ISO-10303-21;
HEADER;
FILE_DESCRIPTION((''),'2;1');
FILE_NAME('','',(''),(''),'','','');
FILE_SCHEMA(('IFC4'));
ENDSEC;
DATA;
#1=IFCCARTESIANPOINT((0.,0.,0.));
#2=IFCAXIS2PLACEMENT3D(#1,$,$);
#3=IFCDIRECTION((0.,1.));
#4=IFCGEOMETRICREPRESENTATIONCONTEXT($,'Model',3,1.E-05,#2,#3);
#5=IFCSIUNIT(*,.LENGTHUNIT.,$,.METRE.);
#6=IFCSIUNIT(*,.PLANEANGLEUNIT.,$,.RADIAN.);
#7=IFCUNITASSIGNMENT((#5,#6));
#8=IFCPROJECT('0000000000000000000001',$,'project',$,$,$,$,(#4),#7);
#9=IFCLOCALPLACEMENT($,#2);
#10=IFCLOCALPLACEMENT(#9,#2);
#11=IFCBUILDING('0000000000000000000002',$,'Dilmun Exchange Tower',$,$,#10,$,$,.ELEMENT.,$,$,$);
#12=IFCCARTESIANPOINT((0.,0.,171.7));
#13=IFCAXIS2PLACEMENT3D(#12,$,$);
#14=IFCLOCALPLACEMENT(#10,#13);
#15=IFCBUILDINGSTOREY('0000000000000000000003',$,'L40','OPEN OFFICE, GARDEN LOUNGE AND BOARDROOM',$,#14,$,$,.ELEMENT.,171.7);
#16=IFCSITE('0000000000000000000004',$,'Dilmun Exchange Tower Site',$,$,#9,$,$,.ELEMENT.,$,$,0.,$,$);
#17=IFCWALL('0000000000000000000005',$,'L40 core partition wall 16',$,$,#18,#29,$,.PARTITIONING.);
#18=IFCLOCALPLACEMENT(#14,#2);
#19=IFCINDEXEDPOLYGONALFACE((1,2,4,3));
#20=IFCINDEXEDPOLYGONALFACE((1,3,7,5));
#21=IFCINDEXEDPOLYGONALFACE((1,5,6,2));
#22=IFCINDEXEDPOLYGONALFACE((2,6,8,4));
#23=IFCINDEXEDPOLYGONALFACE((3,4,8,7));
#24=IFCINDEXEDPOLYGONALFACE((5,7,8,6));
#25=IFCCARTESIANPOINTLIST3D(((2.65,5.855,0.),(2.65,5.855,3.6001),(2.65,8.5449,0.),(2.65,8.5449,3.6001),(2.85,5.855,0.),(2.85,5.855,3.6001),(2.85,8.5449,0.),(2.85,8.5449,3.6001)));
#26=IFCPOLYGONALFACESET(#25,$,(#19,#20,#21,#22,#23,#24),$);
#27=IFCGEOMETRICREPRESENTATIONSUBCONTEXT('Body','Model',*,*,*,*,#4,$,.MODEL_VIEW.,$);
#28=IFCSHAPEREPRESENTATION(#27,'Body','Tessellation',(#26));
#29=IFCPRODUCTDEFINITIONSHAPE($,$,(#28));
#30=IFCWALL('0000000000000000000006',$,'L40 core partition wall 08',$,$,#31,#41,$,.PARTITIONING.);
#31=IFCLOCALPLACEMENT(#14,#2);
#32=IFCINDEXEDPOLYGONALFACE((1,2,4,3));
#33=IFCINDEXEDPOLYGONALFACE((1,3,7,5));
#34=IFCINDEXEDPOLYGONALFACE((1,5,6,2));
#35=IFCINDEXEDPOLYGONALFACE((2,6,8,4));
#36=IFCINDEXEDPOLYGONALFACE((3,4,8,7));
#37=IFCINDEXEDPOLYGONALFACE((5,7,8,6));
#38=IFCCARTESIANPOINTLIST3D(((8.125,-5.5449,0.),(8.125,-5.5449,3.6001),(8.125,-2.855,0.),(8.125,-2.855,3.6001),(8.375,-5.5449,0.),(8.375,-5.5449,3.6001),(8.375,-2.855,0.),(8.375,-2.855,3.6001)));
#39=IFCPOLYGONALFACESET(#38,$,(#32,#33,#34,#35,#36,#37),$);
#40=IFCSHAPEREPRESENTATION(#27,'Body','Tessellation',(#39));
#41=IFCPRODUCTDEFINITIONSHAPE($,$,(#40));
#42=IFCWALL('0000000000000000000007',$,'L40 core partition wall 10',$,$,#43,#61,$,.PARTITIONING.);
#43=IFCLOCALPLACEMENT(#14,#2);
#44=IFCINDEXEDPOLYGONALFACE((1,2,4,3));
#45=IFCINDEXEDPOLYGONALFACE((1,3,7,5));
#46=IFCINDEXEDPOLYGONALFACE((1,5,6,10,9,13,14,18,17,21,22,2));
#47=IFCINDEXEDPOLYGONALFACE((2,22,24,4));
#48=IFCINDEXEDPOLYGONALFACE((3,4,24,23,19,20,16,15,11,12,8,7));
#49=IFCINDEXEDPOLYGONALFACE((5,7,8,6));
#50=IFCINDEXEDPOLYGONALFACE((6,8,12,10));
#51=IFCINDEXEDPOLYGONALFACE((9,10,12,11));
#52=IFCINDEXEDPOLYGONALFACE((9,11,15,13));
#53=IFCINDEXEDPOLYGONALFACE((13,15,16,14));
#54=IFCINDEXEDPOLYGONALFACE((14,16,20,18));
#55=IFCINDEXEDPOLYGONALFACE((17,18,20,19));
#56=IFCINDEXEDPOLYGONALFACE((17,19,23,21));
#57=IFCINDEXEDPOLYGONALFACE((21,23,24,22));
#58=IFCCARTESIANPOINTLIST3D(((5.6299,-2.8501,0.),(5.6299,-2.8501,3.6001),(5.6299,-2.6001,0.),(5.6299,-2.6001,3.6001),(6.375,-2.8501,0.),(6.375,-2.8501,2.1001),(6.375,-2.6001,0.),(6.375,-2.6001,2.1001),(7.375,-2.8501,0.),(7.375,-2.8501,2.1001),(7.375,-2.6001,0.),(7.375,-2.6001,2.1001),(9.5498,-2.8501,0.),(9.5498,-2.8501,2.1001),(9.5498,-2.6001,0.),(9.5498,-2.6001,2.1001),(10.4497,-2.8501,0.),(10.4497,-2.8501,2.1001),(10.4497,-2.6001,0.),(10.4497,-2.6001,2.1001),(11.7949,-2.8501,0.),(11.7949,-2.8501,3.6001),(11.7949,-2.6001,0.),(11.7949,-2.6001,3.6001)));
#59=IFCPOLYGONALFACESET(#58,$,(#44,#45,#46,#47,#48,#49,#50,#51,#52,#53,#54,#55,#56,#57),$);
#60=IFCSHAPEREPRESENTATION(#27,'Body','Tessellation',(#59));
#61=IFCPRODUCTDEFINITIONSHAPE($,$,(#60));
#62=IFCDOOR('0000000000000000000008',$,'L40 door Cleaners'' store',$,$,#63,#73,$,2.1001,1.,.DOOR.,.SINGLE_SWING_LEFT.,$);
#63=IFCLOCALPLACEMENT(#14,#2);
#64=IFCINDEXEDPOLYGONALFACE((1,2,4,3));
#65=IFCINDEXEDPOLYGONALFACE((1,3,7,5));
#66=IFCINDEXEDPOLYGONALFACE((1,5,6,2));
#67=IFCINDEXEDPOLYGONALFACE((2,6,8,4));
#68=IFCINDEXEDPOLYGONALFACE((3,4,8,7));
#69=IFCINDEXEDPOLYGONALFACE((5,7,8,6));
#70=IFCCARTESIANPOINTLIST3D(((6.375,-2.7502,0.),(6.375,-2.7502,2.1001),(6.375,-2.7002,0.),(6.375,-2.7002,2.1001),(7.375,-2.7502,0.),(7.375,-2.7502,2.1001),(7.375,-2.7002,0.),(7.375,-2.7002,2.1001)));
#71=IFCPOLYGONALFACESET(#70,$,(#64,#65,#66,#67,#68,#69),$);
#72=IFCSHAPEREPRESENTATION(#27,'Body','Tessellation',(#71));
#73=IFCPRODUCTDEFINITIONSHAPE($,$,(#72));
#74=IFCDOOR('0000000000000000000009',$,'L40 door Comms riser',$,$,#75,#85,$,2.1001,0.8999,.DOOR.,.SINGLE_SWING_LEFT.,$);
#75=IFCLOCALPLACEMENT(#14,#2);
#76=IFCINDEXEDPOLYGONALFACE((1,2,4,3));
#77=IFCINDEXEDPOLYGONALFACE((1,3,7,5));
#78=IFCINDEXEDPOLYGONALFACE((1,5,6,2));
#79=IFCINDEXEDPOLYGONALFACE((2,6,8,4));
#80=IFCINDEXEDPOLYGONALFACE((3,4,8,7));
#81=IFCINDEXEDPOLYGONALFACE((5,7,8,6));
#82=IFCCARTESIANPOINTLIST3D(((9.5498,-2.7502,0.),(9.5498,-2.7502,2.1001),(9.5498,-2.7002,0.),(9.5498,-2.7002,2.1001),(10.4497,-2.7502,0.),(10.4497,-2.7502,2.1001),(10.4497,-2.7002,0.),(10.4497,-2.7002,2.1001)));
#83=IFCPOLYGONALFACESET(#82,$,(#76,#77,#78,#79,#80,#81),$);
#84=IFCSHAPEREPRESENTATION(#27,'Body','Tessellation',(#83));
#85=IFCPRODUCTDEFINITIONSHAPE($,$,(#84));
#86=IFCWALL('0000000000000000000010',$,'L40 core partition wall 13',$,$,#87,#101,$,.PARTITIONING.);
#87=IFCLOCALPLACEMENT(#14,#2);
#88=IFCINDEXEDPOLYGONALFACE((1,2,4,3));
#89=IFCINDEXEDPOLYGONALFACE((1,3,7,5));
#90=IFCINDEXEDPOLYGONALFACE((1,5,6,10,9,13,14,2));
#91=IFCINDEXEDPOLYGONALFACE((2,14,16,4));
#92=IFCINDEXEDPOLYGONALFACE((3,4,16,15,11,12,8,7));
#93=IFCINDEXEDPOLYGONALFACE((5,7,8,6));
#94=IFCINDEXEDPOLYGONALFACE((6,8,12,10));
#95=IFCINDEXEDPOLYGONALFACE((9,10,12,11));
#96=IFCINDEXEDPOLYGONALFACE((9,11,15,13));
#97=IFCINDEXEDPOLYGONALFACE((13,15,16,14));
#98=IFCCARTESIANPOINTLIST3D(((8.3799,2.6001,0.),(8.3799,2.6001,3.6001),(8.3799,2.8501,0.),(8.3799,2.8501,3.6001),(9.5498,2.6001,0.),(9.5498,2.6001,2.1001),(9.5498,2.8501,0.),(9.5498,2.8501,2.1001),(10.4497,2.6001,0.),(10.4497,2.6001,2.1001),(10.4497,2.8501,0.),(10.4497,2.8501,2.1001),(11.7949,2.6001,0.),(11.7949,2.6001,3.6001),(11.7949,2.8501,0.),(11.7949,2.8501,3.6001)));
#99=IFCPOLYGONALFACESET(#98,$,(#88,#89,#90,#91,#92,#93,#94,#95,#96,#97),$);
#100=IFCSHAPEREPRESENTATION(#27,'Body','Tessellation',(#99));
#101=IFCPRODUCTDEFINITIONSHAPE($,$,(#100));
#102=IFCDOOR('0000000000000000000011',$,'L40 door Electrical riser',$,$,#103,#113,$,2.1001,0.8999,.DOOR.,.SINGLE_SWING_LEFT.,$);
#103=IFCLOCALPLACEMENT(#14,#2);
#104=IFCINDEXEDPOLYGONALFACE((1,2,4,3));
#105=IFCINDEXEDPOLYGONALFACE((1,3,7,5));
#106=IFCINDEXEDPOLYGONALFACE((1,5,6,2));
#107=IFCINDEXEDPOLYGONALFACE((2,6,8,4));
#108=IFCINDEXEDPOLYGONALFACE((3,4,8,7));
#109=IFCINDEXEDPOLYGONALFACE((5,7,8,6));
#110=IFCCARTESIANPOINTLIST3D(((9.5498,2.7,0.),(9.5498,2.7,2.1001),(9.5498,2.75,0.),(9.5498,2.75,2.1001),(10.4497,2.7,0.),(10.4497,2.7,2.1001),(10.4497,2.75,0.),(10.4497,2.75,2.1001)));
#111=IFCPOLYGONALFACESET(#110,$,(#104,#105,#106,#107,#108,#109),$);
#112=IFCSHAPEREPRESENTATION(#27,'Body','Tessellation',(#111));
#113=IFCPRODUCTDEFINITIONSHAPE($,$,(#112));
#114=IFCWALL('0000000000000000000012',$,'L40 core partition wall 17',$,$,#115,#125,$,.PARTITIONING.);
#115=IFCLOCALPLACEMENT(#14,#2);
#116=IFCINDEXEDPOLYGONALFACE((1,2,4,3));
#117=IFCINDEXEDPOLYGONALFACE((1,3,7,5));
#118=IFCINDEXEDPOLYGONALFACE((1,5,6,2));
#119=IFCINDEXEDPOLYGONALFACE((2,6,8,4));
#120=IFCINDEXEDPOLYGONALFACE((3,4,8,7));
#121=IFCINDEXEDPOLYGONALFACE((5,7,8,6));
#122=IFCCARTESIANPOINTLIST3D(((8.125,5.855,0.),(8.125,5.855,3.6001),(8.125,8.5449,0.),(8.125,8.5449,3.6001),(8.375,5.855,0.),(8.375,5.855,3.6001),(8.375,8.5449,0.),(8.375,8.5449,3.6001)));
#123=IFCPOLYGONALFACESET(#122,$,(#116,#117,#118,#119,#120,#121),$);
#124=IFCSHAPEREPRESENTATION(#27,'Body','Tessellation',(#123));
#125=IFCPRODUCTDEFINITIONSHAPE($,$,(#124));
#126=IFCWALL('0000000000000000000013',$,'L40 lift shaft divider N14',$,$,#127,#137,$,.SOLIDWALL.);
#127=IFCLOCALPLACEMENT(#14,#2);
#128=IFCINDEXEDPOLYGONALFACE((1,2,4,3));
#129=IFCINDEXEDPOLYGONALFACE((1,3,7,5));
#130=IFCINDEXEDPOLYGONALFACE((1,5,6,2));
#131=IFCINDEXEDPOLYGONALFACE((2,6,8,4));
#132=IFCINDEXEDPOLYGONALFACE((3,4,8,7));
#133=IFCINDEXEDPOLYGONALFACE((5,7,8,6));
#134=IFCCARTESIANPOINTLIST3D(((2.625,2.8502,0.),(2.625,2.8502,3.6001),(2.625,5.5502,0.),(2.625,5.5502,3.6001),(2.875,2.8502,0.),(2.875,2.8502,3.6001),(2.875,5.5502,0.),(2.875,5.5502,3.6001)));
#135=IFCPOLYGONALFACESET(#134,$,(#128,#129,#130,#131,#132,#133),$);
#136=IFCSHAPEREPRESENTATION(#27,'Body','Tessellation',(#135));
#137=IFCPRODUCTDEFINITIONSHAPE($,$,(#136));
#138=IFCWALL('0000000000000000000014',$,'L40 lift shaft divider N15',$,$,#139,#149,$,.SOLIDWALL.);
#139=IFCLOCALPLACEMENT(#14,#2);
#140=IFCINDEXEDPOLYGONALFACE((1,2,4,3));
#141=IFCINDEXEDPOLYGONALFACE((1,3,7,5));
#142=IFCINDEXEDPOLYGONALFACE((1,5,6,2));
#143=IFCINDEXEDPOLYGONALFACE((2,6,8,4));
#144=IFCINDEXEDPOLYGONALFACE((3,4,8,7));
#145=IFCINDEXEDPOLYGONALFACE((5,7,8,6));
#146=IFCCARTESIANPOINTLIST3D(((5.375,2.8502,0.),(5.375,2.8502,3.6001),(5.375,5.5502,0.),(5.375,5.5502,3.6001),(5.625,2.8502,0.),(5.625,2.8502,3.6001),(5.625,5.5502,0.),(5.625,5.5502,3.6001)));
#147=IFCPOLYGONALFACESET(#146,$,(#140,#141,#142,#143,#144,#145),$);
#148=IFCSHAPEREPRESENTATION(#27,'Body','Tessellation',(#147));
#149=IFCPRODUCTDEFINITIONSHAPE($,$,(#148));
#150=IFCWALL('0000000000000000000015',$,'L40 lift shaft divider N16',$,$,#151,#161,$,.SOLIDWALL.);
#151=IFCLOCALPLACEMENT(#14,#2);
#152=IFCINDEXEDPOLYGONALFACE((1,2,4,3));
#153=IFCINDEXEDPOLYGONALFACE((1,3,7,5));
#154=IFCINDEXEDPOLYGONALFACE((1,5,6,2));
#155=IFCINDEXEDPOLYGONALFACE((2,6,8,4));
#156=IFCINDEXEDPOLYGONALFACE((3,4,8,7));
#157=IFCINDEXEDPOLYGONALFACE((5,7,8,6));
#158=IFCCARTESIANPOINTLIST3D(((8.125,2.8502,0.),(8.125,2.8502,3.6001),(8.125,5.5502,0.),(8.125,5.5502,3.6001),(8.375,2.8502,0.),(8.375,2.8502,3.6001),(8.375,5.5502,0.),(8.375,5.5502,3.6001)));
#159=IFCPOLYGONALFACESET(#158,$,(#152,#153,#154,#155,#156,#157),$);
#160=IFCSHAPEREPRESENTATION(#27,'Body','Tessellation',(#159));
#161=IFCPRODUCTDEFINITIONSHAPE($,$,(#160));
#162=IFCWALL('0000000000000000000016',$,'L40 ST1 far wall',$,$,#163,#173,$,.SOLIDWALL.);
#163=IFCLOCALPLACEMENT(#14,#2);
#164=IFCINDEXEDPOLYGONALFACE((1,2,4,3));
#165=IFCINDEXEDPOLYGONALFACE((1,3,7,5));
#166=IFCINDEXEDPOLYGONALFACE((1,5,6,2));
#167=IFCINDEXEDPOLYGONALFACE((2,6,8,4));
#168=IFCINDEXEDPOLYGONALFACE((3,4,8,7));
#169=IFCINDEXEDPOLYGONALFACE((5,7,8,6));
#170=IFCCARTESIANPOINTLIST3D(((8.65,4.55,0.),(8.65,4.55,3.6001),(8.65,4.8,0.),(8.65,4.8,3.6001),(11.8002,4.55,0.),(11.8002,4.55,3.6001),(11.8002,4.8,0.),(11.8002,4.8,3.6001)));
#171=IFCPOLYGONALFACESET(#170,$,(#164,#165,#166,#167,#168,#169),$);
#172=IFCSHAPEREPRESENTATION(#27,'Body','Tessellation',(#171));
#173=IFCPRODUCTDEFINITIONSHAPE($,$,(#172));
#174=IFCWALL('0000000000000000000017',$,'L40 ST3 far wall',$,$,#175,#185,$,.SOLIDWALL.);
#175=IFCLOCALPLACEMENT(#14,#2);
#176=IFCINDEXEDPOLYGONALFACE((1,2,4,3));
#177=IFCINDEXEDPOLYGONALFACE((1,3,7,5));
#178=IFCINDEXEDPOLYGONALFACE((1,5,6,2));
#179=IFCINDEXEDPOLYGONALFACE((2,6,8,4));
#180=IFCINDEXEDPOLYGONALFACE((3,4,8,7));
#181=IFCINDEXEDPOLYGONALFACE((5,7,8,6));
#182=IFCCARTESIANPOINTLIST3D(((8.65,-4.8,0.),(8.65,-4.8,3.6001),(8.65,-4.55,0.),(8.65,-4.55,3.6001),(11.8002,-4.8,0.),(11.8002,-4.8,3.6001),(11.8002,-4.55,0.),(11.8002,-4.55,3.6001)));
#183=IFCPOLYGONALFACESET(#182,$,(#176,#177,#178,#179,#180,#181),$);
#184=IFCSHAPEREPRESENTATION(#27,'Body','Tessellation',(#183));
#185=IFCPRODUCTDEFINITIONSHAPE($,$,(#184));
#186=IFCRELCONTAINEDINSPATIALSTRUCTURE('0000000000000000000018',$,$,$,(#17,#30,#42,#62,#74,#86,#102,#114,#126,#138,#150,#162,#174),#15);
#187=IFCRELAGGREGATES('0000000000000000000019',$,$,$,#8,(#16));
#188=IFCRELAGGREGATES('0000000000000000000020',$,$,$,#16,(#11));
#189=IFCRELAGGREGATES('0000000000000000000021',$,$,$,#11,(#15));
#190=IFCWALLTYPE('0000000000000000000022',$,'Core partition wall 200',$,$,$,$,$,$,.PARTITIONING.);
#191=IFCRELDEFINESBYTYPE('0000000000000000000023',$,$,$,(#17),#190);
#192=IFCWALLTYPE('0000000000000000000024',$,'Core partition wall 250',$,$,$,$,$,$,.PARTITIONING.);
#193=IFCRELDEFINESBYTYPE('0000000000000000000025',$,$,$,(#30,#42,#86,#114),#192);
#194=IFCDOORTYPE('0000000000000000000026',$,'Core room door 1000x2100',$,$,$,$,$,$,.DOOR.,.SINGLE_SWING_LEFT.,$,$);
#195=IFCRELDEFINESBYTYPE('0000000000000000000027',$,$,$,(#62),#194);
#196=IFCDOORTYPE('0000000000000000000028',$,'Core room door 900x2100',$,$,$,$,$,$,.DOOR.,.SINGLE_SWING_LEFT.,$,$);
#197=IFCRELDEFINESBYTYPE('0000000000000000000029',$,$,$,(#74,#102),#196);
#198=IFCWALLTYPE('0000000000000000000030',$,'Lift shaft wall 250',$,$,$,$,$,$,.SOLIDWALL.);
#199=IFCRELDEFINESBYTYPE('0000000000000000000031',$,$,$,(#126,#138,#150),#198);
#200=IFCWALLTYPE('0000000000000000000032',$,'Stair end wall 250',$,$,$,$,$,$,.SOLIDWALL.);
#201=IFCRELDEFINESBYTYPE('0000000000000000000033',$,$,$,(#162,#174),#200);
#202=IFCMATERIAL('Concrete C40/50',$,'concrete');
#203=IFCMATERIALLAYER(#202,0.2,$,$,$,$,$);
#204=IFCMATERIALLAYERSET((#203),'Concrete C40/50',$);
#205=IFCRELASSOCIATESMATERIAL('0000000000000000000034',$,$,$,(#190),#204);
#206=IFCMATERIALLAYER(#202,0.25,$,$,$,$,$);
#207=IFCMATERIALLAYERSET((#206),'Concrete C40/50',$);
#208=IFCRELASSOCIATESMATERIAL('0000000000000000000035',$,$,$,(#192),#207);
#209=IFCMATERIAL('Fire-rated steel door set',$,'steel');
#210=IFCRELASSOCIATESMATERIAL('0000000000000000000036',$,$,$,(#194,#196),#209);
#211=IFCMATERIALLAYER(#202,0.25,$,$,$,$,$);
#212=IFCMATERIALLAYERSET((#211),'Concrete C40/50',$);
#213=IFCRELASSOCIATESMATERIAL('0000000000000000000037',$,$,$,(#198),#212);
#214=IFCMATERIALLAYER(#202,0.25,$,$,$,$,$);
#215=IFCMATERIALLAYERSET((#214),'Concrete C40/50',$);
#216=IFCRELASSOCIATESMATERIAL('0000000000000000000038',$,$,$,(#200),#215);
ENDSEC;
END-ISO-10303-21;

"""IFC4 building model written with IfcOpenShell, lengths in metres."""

from ifc_helpers import new_model, si_unit, direction, frame, frame_2d, origin, place, context, subcontext, project, spatial, rectangle, extrude, material, layer, layer_set, type_object, element, fill, save


model = new_model("IFC4")

# Units and contexts
model_context = context("Model", 3, precision=1e-05, world=origin(), true_north=direction((0.0, 1.0)))
body_context = subcontext(model_context, "Body", "Model", "MODEL_VIEW")
ifc_project = project(units=[si_unit("LENGTHUNIT", "METRE"), si_unit("PLANEANGLEUNIT", "RADIAN")], contexts=[model_context])

# Site, building, storey
site_placement = place(None, origin())
site = spatial("IfcSite", under=ifc_project, at=site_placement, Name="Dilmun Exchange Tower Site", CompositionType="ELEMENT", RefElevation=0.0)
building_placement = place(site_placement, origin())
building = spatial("IfcBuilding", under=site, at=building_placement, Name="Dilmun Exchange Tower", CompositionType="ELEMENT")
storey_placement = place(building_placement, frame((0.0, 0.0, 171.7)))
storey = spatial("IfcBuildingStorey", under=building, at=storey_placement, Name="L40", Description="OPEN OFFICE, GARDEN LOUNGE AND BOARDROOM", CompositionType="ELEMENT", Elevation=171.7)

# Shared definitions
ifc_material_1 = material(Name="Concrete C40/50", Category="concrete")
ifc_layer_1 = layer(ifc_material_1, 0.2)
ifc_layer_set_1 = layer_set([ifc_layer_1], Name="Concrete C40/50")
wall_type_1 = type_object("IfcWallType", Name="Core partition wall 200", PredefinedType="PARTITIONING", material=ifc_layer_set_1)
ifc_material_2 = material(Name="Fire-rated steel door set", Category="steel")

# Walls
wall_1_placement = place(storey_placement, frame((2.75, 5.855, 0.0), z_axis=(0.0, 0.0, 1.0), x_axis=(0.0, 1.0, 0.0)))
element("IfcWall", 1, at=wall_1_placement, inside=storey, type_object=wall_type_1, Name="L40 core partition wall 16", PredefinedType="PARTITIONING", context=body_context, shape_type="SweptSolid", body=[
    extrude(rectangle(XDim=2.6899, YDim=0.2, at=frame_2d((1.345, 0.0))), origin(), (0.0, 0.0, 1.0), 3.6001),
])
ifc_layer_2 = layer(ifc_material_1, 0.25)
ifc_layer_set_2 = layer_set([ifc_layer_2], Name="Concrete C40/50")
wall_type_2 = type_object("IfcWallType", Name="Core partition wall 250", PredefinedType="PARTITIONING", material=ifc_layer_set_2)
wall_2_placement = place(storey_placement, frame((8.25, -5.5449, 0.0), z_axis=(0.0, 0.0, 1.0), x_axis=(0.0, 1.0, 0.0)))
element("IfcWall", 2, at=wall_2_placement, inside=storey, type_object=wall_type_2, Name="L40 core partition wall 08", PredefinedType="PARTITIONING", context=body_context, shape_type="SweptSolid", body=[
    extrude(rectangle(XDim=2.6899, YDim=0.25, at=frame_2d((1.345, 0.0))), origin(), (0.0, 0.0, 1.0), 3.6001),
])

# Wall, openings, doors
wall_3_placement = place(storey_placement, frame((5.6299, -2.7251, 0.0), z_axis=(0.0, 0.0, 1.0), x_axis=(1.0, 0.0, 0.0)))
wall_3 = element("IfcWall", 3, at=wall_3_placement, inside=storey, type_object=wall_type_2, Name="L40 core partition wall 10", PredefinedType="PARTITIONING", context=body_context, shape_type="SweptSolid", body=[
    extrude(rectangle(XDim=6.165, YDim=0.25, at=frame_2d((3.0825, 0.0))), origin(), (0.0, 0.0, 1.0), 3.6001),
])
opening_1_placement = place(wall_3_placement, frame((0.7451, 0.0, 0.0)))
opening_1 = element("IfcOpeningElement", 4, at=opening_1_placement, cuts=wall_3, PredefinedType="OPENING", context=body_context, shape_type="SweptSolid", body=[
    extrude(rectangle(XDim=1.0, YDim=2.1001, at=frame_2d((0.5, 1.05))), frame((0.0, 0.135, 0.0), z_axis=(0.0, -1.0, 0.0), x_axis=(1.0, 0.0, 0.0)), (0.0, 0.0, 1.0), 0.27),
])
opening_2_placement = place(wall_3_placement, frame((3.9199, 0.0, 0.0)))
opening_2 = element("IfcOpeningElement", 5, at=opening_2_placement, cuts=wall_3, PredefinedType="OPENING", context=body_context, shape_type="SweptSolid", body=[
    extrude(rectangle(XDim=0.8999, YDim=2.1001, at=frame_2d((0.45, 1.05))), frame((0.0, 0.135, 0.0), z_axis=(0.0, -1.0, 0.0), x_axis=(1.0, 0.0, 0.0)), (0.0, 0.0, 1.0), 0.27),
])
door_type_1 = type_object("IfcDoorType", Name="Core room door 1000x2100", OperationType="SINGLE_SWING_LEFT", PredefinedType="DOOR", material=ifc_material_2)
door_1_placement = place(opening_1_placement, origin())
door_1 = element("IfcDoor", 6, at=door_1_placement, inside=storey, type_object=door_type_1, Name="L40 door Cleaners' store", OperationType="SINGLE_SWING_LEFT", OverallHeight=2.1001, OverallWidth=1.0, PredefinedType="DOOR", context=body_context, shape_type="SweptSolid", body=[
    extrude(rectangle(XDim=1.0, YDim=2.1001, at=frame_2d((0.5, 1.05))), frame((0.0, 0.0249, 0.0), z_axis=(0.0, -1.0, 0.0), x_axis=(1.0, 0.0, 0.0)), (0.0, 0.0, 1.0), 0.05),
])
fill(opening_1, door_1)
door_type_2 = type_object("IfcDoorType", Name="Core room door 900x2100", OperationType="SINGLE_SWING_LEFT", PredefinedType="DOOR", material=ifc_material_2)
door_2_placement = place(opening_2_placement, origin())
door_2 = element("IfcDoor", 7, at=door_2_placement, inside=storey, type_object=door_type_2, Name="L40 door Comms riser", OperationType="SINGLE_SWING_LEFT", OverallHeight=2.1001, OverallWidth=0.8999, PredefinedType="DOOR", context=body_context, shape_type="SweptSolid", body=[
    extrude(rectangle(XDim=0.8999, YDim=2.1001, at=frame_2d((0.45, 1.05))), frame((0.0, 0.0249, 0.0), z_axis=(0.0, -1.0, 0.0), x_axis=(1.0, 0.0, 0.0)), (0.0, 0.0, 1.0), 0.05),
])
fill(opening_2, door_2)

# Wall, opening, door
wall_4_placement = place(storey_placement, frame((8.3799, 2.7251, 0.0), z_axis=(0.0, 0.0, 1.0), x_axis=(1.0, 0.0, 0.0)))
wall_4 = element("IfcWall", 8, at=wall_4_placement, inside=storey, type_object=wall_type_2, Name="L40 core partition wall 13", PredefinedType="PARTITIONING", context=body_context, shape_type="SweptSolid", body=[
    extrude(rectangle(XDim=3.415, YDim=0.25, at=frame_2d((1.7075, 0.0))), origin(), (0.0, 0.0, 1.0), 3.6001),
])
opening_3_placement = place(wall_4_placement, frame((1.1699, 0.0, 0.0)))
opening_3 = element("IfcOpeningElement", 9, at=opening_3_placement, cuts=wall_4, PredefinedType="OPENING", context=body_context, shape_type="SweptSolid", body=[
    extrude(rectangle(XDim=0.8999, YDim=2.1001, at=frame_2d((0.45, 1.05))), frame((0.0, 0.135, 0.0), z_axis=(0.0, -1.0, 0.0), x_axis=(1.0, 0.0, 0.0)), (0.0, 0.0, 1.0), 0.27),
])
door_3_placement = place(opening_3_placement, origin())
door_3 = element("IfcDoor", 10, at=door_3_placement, inside=storey, type_object=door_type_2, Name="L40 door Electrical riser", OperationType="SINGLE_SWING_LEFT", OverallHeight=2.1001, OverallWidth=0.8999, PredefinedType="DOOR", context=body_context, shape_type="SweptSolid", body=[
    extrude(rectangle(XDim=0.8999, YDim=2.1001, at=frame_2d((0.45, 1.05))), frame((0.0, 0.0249, 0.0), z_axis=(0.0, -1.0, 0.0), x_axis=(1.0, 0.0, 0.0)), (0.0, 0.0, 1.0), 0.05),
])
fill(opening_3, door_3)

# Walls
wall_5_placement = place(storey_placement, frame((8.25, 5.855, 0.0), z_axis=(0.0, 0.0, 1.0), x_axis=(0.0, 1.0, 0.0)))
element("IfcWall", 11, at=wall_5_placement, inside=storey, type_object=wall_type_2, Name="L40 core partition wall 17", PredefinedType="PARTITIONING", context=body_context, shape_type="SweptSolid", body=[
    extrude(rectangle(XDim=2.6899, YDim=0.25, at=frame_2d((1.345, 0.0))), origin(), (0.0, 0.0, 1.0), 3.6001),
])
ifc_layer_3 = layer(ifc_material_1, 0.25)
ifc_layer_set_3 = layer_set([ifc_layer_3], Name="Concrete C40/50")
wall_type_3 = type_object("IfcWallType", Name="Lift shaft wall 250", PredefinedType="SOLIDWALL", material=ifc_layer_set_3)
for number, where, z_axis, x_axis, name in (
    (12, (2.75, 2.8501, 0.0), (0.0, 0.0, 1.0), (0.0, 1.0, 0.0), "L40 lift shaft divider N14"),
    (13, (5.5, 2.8501, 0.0), (0.0, 0.0, 1.0), (0.0, 1.0, 0.0), "L40 lift shaft divider N15"),
    (14, (8.25, 2.8501, 0.0), (0.0, 0.0, 1.0), (0.0, 1.0, 0.0), "L40 lift shaft divider N16"),
):
    element("IfcWall", number, at=place(storey_placement, frame(where, z_axis=z_axis, x_axis=x_axis)), inside=storey, type_object=wall_type_3, Name=name, PredefinedType="SOLIDWALL", context=body_context, shape_type="SweptSolid", body=[
        extrude(rectangle(XDim=2.7, YDim=0.25, at=frame_2d((1.3501, 0.0))), origin(), (0.0, 0.0, 1.0), 3.6001),
    ])
ifc_layer_4 = layer(ifc_material_1, 0.25)
ifc_layer_set_4 = layer_set([ifc_layer_4], Name="Concrete C40/50")
wall_type_4 = type_object("IfcWallType", Name="Stair end wall 250", PredefinedType="SOLIDWALL", material=ifc_layer_set_4)
for number, where, z_axis, x_axis, name in (
    (15, (8.6499, 4.675, 0.0), (0.0, 0.0, 1.0), (1.0, 0.0, 0.0), "L40 ST1 far wall"),
    (16, (8.6499, -4.675, 0.0), (0.0, 0.0, 1.0), (1.0, 0.0, 0.0), "L40 ST3 far wall"),
):
    element("IfcWall", number, at=place(storey_placement, frame(where, z_axis=z_axis, x_axis=x_axis)), inside=storey, type_object=wall_type_4, Name=name, PredefinedType="SOLIDWALL", context=body_context, shape_type="SweptSolid", body=[
        extrude(rectangle(XDim=3.1501, YDim=0.25, at=frame_2d((1.5752, 0.0))), origin(), (0.0, 0.0, 1.0), 3.6001),
    ])

save(model, "model.ifc")
